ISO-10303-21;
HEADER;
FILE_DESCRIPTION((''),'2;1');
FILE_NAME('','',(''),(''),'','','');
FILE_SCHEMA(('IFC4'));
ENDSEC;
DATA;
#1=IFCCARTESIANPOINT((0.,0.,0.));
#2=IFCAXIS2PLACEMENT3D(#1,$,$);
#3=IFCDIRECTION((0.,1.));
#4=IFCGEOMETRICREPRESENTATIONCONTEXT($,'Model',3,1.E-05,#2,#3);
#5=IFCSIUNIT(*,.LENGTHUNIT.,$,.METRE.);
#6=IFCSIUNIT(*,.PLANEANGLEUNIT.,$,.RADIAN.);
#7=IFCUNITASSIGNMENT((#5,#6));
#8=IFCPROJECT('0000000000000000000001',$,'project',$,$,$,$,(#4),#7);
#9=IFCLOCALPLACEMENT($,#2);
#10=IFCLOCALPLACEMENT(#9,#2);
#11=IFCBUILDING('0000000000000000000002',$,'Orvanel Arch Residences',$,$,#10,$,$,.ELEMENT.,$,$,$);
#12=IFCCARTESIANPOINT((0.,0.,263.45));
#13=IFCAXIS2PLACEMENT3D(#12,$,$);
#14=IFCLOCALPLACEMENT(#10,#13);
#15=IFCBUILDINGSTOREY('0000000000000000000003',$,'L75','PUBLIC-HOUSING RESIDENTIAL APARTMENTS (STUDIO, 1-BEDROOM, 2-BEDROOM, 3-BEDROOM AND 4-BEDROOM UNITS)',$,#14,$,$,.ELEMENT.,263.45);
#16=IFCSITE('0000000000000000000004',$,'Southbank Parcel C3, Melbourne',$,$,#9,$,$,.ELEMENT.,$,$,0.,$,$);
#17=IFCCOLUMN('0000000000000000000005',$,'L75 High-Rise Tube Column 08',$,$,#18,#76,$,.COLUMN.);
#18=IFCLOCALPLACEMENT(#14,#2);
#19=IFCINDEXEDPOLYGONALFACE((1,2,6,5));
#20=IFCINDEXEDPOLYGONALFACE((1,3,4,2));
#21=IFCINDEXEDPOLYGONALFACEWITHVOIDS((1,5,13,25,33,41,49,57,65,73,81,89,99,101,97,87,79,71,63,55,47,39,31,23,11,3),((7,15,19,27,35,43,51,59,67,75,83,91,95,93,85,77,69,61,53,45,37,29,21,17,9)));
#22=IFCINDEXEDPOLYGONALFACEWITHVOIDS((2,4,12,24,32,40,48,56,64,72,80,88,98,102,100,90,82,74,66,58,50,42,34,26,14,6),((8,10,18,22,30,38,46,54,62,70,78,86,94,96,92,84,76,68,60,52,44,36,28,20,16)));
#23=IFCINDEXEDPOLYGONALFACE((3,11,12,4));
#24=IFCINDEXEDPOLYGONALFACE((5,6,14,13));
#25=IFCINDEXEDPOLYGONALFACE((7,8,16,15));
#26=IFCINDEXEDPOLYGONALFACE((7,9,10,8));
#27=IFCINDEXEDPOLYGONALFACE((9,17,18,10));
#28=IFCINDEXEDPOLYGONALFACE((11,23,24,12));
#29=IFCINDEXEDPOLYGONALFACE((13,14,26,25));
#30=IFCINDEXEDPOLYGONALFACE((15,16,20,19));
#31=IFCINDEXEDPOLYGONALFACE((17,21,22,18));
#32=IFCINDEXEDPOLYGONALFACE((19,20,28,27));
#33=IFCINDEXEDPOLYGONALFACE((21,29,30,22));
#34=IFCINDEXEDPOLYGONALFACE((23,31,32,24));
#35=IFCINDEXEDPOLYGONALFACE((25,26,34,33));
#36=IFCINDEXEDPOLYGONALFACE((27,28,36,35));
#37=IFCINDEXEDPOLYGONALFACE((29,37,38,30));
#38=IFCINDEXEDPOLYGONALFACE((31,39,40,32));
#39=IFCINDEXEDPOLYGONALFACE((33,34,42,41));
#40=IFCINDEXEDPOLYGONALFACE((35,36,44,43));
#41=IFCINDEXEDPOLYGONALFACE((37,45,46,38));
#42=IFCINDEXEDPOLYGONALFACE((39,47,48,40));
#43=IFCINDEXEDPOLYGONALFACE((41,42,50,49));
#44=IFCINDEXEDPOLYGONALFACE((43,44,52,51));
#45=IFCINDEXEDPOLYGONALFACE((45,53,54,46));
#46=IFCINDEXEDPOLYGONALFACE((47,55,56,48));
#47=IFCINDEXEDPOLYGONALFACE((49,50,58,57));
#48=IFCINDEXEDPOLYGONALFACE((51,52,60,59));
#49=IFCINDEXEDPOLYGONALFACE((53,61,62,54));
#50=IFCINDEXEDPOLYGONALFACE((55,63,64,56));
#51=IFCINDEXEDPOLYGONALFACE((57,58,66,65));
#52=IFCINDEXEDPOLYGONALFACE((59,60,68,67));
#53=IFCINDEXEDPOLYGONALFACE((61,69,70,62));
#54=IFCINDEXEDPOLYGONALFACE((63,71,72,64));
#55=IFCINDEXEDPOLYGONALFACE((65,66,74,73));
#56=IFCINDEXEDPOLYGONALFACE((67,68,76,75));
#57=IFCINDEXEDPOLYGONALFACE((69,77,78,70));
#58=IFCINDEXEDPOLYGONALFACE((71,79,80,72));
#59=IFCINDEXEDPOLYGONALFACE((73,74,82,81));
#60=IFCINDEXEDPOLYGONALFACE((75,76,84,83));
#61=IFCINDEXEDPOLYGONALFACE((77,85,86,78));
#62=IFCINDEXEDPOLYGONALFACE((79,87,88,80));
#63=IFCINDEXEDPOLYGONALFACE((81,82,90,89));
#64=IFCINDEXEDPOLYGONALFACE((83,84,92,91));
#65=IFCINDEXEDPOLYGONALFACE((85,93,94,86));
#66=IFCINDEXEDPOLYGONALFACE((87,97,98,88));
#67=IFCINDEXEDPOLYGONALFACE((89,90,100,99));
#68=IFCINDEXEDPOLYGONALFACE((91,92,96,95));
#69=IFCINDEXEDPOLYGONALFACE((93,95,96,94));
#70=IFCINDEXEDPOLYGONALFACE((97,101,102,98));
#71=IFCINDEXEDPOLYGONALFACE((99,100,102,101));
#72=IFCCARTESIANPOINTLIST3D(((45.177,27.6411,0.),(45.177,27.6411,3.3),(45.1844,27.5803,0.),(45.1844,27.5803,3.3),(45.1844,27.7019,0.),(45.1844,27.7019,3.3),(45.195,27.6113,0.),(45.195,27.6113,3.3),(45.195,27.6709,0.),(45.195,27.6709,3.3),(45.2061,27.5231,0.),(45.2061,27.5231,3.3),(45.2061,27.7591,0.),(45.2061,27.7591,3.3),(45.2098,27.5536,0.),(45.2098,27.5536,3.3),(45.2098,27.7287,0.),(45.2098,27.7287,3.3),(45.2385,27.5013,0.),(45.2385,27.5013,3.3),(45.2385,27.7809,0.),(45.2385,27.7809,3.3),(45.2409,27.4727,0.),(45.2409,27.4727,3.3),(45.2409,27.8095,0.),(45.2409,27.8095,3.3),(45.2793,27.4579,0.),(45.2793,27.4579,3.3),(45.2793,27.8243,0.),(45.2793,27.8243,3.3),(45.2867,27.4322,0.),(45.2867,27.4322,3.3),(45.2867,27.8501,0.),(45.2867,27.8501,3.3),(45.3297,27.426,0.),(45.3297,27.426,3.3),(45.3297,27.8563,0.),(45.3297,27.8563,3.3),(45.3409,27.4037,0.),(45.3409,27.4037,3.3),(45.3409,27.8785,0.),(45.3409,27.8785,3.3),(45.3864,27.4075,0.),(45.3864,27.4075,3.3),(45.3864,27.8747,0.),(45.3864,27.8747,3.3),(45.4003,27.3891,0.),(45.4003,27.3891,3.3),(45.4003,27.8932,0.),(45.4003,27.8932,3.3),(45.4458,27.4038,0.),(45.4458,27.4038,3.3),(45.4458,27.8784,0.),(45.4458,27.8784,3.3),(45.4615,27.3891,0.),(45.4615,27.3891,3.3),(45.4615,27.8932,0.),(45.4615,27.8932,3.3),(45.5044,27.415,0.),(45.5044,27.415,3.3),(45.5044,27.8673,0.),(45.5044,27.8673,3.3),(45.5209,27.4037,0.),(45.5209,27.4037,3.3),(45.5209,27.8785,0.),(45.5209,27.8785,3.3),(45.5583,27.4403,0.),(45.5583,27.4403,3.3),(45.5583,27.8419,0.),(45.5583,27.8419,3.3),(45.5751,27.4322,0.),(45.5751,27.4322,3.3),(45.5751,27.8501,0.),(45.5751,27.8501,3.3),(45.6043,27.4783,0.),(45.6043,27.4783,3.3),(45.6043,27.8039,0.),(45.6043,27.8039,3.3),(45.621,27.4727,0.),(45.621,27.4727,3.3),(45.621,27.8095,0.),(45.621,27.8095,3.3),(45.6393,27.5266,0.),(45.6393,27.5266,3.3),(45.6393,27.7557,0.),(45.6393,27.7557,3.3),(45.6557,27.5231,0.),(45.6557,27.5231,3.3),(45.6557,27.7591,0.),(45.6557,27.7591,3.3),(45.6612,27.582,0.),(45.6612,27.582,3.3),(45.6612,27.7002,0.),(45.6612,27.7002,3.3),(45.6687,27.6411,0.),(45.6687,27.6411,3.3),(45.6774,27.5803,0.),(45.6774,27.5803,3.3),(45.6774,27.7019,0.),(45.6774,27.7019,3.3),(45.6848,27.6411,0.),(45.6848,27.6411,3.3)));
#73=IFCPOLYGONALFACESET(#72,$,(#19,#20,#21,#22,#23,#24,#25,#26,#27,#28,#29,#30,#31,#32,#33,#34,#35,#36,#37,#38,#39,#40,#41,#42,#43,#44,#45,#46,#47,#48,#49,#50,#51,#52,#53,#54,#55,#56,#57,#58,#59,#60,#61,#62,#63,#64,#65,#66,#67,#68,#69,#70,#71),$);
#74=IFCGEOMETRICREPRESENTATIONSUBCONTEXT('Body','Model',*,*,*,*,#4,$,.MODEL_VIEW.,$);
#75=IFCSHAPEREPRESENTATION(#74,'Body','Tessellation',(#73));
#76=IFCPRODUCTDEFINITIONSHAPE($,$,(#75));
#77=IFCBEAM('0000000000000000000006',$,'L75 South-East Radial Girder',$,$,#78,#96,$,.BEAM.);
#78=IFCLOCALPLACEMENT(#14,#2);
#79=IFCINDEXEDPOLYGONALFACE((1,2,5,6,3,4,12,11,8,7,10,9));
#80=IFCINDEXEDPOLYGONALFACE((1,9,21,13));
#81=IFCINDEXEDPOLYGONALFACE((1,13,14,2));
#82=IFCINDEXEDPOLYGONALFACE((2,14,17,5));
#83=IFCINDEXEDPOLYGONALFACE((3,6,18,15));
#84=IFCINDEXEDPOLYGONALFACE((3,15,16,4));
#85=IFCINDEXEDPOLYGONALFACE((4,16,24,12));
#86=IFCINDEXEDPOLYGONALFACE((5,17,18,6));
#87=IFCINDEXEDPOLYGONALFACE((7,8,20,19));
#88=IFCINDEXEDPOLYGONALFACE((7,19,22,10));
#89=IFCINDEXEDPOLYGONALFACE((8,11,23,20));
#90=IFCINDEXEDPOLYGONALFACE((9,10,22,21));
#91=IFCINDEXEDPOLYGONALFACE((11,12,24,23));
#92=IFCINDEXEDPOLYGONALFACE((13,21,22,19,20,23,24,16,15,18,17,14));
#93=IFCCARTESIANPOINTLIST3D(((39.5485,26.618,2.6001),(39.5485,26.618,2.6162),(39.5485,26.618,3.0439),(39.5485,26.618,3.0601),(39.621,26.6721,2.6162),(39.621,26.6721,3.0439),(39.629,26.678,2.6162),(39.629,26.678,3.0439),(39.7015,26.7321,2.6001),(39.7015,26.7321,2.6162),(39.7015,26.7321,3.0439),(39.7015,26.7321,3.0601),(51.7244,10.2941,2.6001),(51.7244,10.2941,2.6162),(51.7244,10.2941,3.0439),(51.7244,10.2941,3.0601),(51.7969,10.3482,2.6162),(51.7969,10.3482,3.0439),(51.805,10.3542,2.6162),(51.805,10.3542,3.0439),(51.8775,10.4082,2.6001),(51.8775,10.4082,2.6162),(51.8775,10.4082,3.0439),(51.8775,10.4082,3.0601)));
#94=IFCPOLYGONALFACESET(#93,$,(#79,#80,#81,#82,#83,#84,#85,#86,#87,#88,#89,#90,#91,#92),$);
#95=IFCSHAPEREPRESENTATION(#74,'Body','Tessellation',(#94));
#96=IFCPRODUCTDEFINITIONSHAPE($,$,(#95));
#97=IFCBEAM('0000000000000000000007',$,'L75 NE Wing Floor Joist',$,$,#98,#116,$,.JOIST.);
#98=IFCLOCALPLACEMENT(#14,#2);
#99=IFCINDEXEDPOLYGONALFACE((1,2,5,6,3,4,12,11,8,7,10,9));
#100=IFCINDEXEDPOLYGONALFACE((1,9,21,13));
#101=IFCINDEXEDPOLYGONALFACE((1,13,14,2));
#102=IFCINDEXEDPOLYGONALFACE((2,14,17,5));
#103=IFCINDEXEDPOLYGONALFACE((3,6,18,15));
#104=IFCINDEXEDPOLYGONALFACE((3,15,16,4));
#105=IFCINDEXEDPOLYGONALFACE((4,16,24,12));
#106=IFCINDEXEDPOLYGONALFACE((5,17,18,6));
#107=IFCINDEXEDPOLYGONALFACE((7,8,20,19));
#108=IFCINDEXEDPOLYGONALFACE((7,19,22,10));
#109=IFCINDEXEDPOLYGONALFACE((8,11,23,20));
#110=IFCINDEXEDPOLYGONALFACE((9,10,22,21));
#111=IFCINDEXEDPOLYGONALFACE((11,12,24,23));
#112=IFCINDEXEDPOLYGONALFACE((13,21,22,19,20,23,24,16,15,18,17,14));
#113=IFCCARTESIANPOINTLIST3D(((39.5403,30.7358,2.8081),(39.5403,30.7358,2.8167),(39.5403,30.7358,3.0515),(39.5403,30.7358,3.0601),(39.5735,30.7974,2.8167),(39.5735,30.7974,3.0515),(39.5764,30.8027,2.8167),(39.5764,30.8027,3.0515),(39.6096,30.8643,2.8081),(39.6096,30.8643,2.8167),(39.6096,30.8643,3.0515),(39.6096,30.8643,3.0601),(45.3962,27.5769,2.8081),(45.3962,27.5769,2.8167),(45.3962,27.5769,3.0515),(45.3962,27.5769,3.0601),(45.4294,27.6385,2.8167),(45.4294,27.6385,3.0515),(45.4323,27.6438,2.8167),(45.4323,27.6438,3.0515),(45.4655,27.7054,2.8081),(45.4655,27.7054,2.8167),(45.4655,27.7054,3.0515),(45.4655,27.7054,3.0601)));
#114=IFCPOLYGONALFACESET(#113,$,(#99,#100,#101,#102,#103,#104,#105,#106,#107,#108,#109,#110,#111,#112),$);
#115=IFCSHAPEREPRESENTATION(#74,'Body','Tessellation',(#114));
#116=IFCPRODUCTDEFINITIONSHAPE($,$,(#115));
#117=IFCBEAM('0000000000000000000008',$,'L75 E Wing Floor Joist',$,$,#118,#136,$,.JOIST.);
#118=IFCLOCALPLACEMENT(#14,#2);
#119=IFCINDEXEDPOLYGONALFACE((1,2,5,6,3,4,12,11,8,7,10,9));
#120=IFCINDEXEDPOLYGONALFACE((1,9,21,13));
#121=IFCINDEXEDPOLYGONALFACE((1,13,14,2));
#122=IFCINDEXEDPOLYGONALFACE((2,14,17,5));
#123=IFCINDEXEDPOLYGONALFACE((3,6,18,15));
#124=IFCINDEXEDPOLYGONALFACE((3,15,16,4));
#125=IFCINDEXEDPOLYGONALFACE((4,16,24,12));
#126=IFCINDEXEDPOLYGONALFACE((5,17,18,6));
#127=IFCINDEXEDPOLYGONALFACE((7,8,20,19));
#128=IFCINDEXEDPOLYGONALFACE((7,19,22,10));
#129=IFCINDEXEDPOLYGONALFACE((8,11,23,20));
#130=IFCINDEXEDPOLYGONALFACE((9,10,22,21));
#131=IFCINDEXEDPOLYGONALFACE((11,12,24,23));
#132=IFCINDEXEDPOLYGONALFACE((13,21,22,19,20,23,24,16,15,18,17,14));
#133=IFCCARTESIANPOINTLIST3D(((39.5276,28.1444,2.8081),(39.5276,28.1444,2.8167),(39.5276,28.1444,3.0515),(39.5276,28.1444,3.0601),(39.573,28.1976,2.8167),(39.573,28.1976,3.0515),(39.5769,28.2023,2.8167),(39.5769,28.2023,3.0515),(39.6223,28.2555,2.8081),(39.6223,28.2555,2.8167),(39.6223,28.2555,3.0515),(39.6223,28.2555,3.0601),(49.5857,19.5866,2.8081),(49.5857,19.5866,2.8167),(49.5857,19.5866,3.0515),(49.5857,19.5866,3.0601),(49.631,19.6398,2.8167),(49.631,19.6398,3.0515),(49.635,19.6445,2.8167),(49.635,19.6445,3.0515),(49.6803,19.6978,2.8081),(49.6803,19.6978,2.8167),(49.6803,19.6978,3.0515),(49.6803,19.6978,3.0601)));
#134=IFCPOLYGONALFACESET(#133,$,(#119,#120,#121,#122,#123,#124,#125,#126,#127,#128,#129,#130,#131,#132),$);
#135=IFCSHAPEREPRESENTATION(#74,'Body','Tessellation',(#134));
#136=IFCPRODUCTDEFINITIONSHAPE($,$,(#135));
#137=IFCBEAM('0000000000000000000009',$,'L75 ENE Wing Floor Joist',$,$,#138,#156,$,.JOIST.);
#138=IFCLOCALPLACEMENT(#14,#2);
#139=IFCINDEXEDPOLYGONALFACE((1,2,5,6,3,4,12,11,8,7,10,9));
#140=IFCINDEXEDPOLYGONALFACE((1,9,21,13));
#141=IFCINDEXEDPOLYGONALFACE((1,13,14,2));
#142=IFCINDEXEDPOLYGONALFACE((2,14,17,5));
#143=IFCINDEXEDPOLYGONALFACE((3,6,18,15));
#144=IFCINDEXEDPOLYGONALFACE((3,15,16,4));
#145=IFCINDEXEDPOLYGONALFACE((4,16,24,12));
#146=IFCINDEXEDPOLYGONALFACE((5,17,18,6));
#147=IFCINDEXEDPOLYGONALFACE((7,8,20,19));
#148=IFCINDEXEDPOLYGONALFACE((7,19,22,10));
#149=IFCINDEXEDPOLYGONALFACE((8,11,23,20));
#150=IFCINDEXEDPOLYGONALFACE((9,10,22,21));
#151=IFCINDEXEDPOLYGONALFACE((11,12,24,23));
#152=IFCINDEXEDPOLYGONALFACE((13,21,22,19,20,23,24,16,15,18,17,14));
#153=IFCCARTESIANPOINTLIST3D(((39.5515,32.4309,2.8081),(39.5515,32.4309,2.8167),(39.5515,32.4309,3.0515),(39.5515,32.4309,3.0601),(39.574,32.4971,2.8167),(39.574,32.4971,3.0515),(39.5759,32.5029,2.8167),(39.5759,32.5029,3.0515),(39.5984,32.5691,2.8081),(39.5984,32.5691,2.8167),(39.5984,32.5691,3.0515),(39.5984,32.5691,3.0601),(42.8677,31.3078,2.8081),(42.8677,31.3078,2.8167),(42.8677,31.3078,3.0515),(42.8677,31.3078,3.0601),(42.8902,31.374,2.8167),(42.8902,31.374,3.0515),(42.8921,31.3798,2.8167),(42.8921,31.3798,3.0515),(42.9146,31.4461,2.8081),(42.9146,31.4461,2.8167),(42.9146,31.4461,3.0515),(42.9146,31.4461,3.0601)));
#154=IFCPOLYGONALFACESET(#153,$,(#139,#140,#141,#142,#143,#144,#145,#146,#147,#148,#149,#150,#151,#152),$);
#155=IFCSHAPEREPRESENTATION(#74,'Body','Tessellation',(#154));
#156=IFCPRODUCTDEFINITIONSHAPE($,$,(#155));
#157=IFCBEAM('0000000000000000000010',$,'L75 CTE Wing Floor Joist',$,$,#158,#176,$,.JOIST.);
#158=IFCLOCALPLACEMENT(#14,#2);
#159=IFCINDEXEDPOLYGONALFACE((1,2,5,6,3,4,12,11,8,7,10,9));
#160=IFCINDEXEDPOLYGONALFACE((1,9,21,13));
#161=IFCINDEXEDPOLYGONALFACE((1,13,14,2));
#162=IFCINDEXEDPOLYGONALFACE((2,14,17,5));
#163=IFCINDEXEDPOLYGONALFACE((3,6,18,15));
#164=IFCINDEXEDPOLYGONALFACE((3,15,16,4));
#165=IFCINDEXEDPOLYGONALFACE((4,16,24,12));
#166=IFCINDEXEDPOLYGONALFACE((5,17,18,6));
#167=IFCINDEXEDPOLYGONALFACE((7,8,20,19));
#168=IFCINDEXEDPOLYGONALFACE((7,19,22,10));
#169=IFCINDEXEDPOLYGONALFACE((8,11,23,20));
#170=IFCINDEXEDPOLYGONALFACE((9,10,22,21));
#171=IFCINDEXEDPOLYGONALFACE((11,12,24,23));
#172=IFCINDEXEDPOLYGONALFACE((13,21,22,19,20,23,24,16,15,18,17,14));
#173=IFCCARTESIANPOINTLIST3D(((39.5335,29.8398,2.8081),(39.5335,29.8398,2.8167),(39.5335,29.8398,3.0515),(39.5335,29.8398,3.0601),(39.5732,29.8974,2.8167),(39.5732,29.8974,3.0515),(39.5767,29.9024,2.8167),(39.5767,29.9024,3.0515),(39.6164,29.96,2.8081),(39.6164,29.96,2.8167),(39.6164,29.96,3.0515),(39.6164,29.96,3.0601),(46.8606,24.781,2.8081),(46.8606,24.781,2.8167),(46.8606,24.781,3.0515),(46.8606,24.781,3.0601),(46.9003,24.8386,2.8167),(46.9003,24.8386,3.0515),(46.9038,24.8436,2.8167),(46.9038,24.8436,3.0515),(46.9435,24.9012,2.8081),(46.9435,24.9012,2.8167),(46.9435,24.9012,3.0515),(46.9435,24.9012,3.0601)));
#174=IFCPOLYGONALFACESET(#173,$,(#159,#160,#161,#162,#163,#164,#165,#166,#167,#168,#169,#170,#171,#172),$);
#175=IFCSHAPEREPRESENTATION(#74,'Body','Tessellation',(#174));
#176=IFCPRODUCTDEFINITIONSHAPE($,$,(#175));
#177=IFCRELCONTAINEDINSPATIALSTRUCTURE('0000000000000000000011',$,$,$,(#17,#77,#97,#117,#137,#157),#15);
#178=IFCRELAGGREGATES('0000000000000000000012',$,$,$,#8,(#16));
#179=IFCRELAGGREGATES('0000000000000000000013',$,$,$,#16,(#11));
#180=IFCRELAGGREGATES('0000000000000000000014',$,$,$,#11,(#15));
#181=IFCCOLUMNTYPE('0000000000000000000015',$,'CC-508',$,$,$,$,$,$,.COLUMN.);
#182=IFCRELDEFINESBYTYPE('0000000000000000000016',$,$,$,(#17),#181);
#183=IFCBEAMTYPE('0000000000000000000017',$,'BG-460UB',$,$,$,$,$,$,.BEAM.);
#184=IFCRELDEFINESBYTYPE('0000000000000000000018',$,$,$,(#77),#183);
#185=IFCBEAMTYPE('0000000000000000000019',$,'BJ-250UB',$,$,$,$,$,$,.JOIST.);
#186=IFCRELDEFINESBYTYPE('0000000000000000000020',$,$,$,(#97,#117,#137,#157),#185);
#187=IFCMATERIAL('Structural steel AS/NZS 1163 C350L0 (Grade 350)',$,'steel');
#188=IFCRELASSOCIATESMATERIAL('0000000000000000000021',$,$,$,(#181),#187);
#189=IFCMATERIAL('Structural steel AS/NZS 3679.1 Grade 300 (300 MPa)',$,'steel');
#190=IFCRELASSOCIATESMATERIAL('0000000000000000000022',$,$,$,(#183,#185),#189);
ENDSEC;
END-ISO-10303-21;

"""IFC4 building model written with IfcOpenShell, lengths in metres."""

from ifc_helpers import new_model, si_unit, direction, frame, origin, origin_2d, place, context, subcontext, project, spatial, hollow_circle, i_section, extrude, material, material_profile, profile_set, type_object, element, save


model = new_model("IFC4")

# Units and contexts
model_context = context("Model", 3, precision=1e-05, world=origin(), true_north=direction((0.0, 1.0)))
body_context = subcontext(model_context, "Body", "Model", "MODEL_VIEW")
ifc_project = project(units=[si_unit("LENGTHUNIT", "METRE"), si_unit("PLANEANGLEUNIT", "RADIAN")], contexts=[model_context])

# Site, building, storey
site_placement = place(None, origin())
site = spatial("IfcSite", under=ifc_project, at=site_placement, Name="Southbank Parcel C3, Melbourne", CompositionType="ELEMENT", RefElevation=0.0)
building_placement = place(site_placement, origin())
building = spatial("IfcBuilding", under=site, at=building_placement, Name="Orvanel Arch Residences", CompositionType="ELEMENT")
storey_placement = place(building_placement, frame((0.0, 0.0, 263.45)))
storey = spatial("IfcBuildingStorey", under=building, at=storey_placement, Name="L75", Description="PUBLIC-HOUSING RESIDENTIAL APARTMENTS (STUDIO, 1-BEDROOM, 2-BEDROOM, 3-BEDROOM AND 4-BEDROOM UNITS)", CompositionType="ELEMENT", Elevation=263.45)

# Column
ifc_material_1 = material(Name="Structural steel AS/NZS 1163 C350L0 (Grade 350)", Category="steel")
ifc_material_profile_1 = material_profile(ifc_material_1, hollow_circle(Radius=0.2539, WallThickness=0.0161, at=origin_2d()), Name="CHS508x16")
ifc_profile_set_1 = profile_set([ifc_material_profile_1], Name="Structural steel AS/NZS 1163 C350L0 (Grade 350)")
column_type = type_object("IfcColumnType", Name="CC-508", PredefinedType="COLUMN", material=ifc_profile_set_1)
column_placement = place(storey_placement, frame((45.4309, 27.6411, 0.0), z_axis=(0.0, 0.0, 1.0), x_axis=(1.0, 0.0, 0.0)))
element("IfcColumn", 1, at=column_placement, inside=storey, type_object=column_type, Name="L75 High-Rise Tube Column 08", PredefinedType="COLUMN", context=body_context, shape_type="SweptSolid", body=[
    extrude(hollow_circle(Radius=0.2539, WallThickness=0.0161, at=origin_2d()), origin(), (0.0, 0.0, 1.0), 3.3),
])

# Beams
ifc_material_2 = material(Name="Structural steel AS/NZS 3679.1 Grade 300 (300 MPa)", Category="steel")
ifc_material_profile_2 = material_profile(ifc_material_2, i_section(OverallWidth=0.1909, OverallDepth=0.46, WebThickness=0.01, FlangeThickness=0.0161, at=origin_2d()), Name="460UB82.1")
ifc_profile_set_2 = profile_set([ifc_material_profile_2], Name="Structural steel AS/NZS 3679.1 Grade 300 (300 MPa)")
beam_type_1 = type_object("IfcBeamType", Name="BG-460UB", PredefinedType="BEAM", material=ifc_profile_set_2)
beam_1_placement = place(storey_placement, frame((39.625, 26.675, 2.8301), z_axis=(0.597894, -0.801575, 0.0), x_axis=(0.801575, 0.597894, 0.0)))
element("IfcBeam", 2, at=beam_1_placement, inside=storey, type_object=beam_type_1, Name="L75 South-East Radial Girder", PredefinedType="BEAM", context=body_context, shape_type="SweptSolid", body=[
    extrude(i_section(OverallWidth=0.1909, OverallDepth=0.46, WebThickness=0.01, FlangeThickness=0.0161, at=origin_2d()), origin(), (0.0, 0.0, 1.0), 20.3647),
])
ifc_material_profile_3 = material_profile(ifc_material_2, i_section(OverallWidth=0.146, OverallDepth=0.252, WebThickness=0.0061, FlangeThickness=0.0085, at=origin_2d()), Name="250UB31.4")
ifc_profile_set_3 = profile_set([ifc_material_profile_3], Name="Structural steel AS/NZS 3679.1 Grade 300 (300 MPa)")
beam_type_2 = type_object("IfcBeamType", Name="BJ-250UB", PredefinedType="JOIST", material=ifc_profile_set_3)
beam_2_placement = place(storey_placement, frame((39.575, 30.8, 2.9341), z_axis=(0.880111, -0.474767, 0.0), x_axis=(0.474767, 0.880111, 0.0)))
element("IfcBeam", 3, at=beam_2_placement, inside=storey, type_object=beam_type_2, Name="L75 NE Wing Floor Joist", PredefinedType="JOIST", context=body_context, shape_type="SweptSolid", body=[
    extrude(i_section(OverallWidth=0.146, OverallDepth=0.252, WebThickness=0.0061, FlangeThickness=0.0085, at=origin_2d()), origin(), (0.0, 0.0, 1.0), 6.6536),
])
beam_3_placement = place(storey_placement, frame((39.575, 28.2, 2.9341), z_axis=(0.761623, -0.648021, 0.0), x_axis=(0.648021, 0.761623, 0.0)))
element("IfcBeam", 4, at=beam_3_placement, inside=storey, type_object=beam_type_2, Name="L75 E Wing Floor Joist", PredefinedType="JOIST", context=body_context, shape_type="SweptSolid", body=[
    extrude(i_section(OverallWidth=0.146, OverallDepth=0.252, WebThickness=0.0061, FlangeThickness=0.0085, at=origin_2d()), origin(), (0.0, 0.0, 1.0), 13.2061),
])
beam_4_placement = place(storey_placement, frame((39.575, 32.5, 2.9341), z_axis=(0.947159, -0.320764, 0.0), x_axis=(0.320764, 0.947159, 0.0)))
element("IfcBeam", 5, at=beam_4_placement, inside=storey, type_object=beam_type_2, Name="L75 ENE Wing Floor Joist", PredefinedType="JOIST", context=body_context, shape_type="SweptSolid", body=[
    extrude(i_section(OverallWidth=0.146, OverallDepth=0.252, WebThickness=0.0061, FlangeThickness=0.0085, at=origin_2d()), origin(), (0.0, 0.0, 1.0), 3.5012),
])
beam_5_placement = place(storey_placement, frame((39.575, 29.8999, 2.9341), z_axis=(0.822917, -0.568162, 0.0), x_axis=(0.568162, 0.822917, 0.0)))
element("IfcBeam", 6, at=beam_5_placement, inside=storey, type_object=beam_type_2, Name="L75 CTE Wing Floor Joist", PredefinedType="JOIST", context=body_context, shape_type="SweptSolid", body=[
    extrude(i_section(OverallWidth=0.146, OverallDepth=0.252, WebThickness=0.0061, FlangeThickness=0.0085, at=origin_2d()), origin(), (0.0, 0.0, 1.0), 8.9038),
])

save(model, "model.ifc")
